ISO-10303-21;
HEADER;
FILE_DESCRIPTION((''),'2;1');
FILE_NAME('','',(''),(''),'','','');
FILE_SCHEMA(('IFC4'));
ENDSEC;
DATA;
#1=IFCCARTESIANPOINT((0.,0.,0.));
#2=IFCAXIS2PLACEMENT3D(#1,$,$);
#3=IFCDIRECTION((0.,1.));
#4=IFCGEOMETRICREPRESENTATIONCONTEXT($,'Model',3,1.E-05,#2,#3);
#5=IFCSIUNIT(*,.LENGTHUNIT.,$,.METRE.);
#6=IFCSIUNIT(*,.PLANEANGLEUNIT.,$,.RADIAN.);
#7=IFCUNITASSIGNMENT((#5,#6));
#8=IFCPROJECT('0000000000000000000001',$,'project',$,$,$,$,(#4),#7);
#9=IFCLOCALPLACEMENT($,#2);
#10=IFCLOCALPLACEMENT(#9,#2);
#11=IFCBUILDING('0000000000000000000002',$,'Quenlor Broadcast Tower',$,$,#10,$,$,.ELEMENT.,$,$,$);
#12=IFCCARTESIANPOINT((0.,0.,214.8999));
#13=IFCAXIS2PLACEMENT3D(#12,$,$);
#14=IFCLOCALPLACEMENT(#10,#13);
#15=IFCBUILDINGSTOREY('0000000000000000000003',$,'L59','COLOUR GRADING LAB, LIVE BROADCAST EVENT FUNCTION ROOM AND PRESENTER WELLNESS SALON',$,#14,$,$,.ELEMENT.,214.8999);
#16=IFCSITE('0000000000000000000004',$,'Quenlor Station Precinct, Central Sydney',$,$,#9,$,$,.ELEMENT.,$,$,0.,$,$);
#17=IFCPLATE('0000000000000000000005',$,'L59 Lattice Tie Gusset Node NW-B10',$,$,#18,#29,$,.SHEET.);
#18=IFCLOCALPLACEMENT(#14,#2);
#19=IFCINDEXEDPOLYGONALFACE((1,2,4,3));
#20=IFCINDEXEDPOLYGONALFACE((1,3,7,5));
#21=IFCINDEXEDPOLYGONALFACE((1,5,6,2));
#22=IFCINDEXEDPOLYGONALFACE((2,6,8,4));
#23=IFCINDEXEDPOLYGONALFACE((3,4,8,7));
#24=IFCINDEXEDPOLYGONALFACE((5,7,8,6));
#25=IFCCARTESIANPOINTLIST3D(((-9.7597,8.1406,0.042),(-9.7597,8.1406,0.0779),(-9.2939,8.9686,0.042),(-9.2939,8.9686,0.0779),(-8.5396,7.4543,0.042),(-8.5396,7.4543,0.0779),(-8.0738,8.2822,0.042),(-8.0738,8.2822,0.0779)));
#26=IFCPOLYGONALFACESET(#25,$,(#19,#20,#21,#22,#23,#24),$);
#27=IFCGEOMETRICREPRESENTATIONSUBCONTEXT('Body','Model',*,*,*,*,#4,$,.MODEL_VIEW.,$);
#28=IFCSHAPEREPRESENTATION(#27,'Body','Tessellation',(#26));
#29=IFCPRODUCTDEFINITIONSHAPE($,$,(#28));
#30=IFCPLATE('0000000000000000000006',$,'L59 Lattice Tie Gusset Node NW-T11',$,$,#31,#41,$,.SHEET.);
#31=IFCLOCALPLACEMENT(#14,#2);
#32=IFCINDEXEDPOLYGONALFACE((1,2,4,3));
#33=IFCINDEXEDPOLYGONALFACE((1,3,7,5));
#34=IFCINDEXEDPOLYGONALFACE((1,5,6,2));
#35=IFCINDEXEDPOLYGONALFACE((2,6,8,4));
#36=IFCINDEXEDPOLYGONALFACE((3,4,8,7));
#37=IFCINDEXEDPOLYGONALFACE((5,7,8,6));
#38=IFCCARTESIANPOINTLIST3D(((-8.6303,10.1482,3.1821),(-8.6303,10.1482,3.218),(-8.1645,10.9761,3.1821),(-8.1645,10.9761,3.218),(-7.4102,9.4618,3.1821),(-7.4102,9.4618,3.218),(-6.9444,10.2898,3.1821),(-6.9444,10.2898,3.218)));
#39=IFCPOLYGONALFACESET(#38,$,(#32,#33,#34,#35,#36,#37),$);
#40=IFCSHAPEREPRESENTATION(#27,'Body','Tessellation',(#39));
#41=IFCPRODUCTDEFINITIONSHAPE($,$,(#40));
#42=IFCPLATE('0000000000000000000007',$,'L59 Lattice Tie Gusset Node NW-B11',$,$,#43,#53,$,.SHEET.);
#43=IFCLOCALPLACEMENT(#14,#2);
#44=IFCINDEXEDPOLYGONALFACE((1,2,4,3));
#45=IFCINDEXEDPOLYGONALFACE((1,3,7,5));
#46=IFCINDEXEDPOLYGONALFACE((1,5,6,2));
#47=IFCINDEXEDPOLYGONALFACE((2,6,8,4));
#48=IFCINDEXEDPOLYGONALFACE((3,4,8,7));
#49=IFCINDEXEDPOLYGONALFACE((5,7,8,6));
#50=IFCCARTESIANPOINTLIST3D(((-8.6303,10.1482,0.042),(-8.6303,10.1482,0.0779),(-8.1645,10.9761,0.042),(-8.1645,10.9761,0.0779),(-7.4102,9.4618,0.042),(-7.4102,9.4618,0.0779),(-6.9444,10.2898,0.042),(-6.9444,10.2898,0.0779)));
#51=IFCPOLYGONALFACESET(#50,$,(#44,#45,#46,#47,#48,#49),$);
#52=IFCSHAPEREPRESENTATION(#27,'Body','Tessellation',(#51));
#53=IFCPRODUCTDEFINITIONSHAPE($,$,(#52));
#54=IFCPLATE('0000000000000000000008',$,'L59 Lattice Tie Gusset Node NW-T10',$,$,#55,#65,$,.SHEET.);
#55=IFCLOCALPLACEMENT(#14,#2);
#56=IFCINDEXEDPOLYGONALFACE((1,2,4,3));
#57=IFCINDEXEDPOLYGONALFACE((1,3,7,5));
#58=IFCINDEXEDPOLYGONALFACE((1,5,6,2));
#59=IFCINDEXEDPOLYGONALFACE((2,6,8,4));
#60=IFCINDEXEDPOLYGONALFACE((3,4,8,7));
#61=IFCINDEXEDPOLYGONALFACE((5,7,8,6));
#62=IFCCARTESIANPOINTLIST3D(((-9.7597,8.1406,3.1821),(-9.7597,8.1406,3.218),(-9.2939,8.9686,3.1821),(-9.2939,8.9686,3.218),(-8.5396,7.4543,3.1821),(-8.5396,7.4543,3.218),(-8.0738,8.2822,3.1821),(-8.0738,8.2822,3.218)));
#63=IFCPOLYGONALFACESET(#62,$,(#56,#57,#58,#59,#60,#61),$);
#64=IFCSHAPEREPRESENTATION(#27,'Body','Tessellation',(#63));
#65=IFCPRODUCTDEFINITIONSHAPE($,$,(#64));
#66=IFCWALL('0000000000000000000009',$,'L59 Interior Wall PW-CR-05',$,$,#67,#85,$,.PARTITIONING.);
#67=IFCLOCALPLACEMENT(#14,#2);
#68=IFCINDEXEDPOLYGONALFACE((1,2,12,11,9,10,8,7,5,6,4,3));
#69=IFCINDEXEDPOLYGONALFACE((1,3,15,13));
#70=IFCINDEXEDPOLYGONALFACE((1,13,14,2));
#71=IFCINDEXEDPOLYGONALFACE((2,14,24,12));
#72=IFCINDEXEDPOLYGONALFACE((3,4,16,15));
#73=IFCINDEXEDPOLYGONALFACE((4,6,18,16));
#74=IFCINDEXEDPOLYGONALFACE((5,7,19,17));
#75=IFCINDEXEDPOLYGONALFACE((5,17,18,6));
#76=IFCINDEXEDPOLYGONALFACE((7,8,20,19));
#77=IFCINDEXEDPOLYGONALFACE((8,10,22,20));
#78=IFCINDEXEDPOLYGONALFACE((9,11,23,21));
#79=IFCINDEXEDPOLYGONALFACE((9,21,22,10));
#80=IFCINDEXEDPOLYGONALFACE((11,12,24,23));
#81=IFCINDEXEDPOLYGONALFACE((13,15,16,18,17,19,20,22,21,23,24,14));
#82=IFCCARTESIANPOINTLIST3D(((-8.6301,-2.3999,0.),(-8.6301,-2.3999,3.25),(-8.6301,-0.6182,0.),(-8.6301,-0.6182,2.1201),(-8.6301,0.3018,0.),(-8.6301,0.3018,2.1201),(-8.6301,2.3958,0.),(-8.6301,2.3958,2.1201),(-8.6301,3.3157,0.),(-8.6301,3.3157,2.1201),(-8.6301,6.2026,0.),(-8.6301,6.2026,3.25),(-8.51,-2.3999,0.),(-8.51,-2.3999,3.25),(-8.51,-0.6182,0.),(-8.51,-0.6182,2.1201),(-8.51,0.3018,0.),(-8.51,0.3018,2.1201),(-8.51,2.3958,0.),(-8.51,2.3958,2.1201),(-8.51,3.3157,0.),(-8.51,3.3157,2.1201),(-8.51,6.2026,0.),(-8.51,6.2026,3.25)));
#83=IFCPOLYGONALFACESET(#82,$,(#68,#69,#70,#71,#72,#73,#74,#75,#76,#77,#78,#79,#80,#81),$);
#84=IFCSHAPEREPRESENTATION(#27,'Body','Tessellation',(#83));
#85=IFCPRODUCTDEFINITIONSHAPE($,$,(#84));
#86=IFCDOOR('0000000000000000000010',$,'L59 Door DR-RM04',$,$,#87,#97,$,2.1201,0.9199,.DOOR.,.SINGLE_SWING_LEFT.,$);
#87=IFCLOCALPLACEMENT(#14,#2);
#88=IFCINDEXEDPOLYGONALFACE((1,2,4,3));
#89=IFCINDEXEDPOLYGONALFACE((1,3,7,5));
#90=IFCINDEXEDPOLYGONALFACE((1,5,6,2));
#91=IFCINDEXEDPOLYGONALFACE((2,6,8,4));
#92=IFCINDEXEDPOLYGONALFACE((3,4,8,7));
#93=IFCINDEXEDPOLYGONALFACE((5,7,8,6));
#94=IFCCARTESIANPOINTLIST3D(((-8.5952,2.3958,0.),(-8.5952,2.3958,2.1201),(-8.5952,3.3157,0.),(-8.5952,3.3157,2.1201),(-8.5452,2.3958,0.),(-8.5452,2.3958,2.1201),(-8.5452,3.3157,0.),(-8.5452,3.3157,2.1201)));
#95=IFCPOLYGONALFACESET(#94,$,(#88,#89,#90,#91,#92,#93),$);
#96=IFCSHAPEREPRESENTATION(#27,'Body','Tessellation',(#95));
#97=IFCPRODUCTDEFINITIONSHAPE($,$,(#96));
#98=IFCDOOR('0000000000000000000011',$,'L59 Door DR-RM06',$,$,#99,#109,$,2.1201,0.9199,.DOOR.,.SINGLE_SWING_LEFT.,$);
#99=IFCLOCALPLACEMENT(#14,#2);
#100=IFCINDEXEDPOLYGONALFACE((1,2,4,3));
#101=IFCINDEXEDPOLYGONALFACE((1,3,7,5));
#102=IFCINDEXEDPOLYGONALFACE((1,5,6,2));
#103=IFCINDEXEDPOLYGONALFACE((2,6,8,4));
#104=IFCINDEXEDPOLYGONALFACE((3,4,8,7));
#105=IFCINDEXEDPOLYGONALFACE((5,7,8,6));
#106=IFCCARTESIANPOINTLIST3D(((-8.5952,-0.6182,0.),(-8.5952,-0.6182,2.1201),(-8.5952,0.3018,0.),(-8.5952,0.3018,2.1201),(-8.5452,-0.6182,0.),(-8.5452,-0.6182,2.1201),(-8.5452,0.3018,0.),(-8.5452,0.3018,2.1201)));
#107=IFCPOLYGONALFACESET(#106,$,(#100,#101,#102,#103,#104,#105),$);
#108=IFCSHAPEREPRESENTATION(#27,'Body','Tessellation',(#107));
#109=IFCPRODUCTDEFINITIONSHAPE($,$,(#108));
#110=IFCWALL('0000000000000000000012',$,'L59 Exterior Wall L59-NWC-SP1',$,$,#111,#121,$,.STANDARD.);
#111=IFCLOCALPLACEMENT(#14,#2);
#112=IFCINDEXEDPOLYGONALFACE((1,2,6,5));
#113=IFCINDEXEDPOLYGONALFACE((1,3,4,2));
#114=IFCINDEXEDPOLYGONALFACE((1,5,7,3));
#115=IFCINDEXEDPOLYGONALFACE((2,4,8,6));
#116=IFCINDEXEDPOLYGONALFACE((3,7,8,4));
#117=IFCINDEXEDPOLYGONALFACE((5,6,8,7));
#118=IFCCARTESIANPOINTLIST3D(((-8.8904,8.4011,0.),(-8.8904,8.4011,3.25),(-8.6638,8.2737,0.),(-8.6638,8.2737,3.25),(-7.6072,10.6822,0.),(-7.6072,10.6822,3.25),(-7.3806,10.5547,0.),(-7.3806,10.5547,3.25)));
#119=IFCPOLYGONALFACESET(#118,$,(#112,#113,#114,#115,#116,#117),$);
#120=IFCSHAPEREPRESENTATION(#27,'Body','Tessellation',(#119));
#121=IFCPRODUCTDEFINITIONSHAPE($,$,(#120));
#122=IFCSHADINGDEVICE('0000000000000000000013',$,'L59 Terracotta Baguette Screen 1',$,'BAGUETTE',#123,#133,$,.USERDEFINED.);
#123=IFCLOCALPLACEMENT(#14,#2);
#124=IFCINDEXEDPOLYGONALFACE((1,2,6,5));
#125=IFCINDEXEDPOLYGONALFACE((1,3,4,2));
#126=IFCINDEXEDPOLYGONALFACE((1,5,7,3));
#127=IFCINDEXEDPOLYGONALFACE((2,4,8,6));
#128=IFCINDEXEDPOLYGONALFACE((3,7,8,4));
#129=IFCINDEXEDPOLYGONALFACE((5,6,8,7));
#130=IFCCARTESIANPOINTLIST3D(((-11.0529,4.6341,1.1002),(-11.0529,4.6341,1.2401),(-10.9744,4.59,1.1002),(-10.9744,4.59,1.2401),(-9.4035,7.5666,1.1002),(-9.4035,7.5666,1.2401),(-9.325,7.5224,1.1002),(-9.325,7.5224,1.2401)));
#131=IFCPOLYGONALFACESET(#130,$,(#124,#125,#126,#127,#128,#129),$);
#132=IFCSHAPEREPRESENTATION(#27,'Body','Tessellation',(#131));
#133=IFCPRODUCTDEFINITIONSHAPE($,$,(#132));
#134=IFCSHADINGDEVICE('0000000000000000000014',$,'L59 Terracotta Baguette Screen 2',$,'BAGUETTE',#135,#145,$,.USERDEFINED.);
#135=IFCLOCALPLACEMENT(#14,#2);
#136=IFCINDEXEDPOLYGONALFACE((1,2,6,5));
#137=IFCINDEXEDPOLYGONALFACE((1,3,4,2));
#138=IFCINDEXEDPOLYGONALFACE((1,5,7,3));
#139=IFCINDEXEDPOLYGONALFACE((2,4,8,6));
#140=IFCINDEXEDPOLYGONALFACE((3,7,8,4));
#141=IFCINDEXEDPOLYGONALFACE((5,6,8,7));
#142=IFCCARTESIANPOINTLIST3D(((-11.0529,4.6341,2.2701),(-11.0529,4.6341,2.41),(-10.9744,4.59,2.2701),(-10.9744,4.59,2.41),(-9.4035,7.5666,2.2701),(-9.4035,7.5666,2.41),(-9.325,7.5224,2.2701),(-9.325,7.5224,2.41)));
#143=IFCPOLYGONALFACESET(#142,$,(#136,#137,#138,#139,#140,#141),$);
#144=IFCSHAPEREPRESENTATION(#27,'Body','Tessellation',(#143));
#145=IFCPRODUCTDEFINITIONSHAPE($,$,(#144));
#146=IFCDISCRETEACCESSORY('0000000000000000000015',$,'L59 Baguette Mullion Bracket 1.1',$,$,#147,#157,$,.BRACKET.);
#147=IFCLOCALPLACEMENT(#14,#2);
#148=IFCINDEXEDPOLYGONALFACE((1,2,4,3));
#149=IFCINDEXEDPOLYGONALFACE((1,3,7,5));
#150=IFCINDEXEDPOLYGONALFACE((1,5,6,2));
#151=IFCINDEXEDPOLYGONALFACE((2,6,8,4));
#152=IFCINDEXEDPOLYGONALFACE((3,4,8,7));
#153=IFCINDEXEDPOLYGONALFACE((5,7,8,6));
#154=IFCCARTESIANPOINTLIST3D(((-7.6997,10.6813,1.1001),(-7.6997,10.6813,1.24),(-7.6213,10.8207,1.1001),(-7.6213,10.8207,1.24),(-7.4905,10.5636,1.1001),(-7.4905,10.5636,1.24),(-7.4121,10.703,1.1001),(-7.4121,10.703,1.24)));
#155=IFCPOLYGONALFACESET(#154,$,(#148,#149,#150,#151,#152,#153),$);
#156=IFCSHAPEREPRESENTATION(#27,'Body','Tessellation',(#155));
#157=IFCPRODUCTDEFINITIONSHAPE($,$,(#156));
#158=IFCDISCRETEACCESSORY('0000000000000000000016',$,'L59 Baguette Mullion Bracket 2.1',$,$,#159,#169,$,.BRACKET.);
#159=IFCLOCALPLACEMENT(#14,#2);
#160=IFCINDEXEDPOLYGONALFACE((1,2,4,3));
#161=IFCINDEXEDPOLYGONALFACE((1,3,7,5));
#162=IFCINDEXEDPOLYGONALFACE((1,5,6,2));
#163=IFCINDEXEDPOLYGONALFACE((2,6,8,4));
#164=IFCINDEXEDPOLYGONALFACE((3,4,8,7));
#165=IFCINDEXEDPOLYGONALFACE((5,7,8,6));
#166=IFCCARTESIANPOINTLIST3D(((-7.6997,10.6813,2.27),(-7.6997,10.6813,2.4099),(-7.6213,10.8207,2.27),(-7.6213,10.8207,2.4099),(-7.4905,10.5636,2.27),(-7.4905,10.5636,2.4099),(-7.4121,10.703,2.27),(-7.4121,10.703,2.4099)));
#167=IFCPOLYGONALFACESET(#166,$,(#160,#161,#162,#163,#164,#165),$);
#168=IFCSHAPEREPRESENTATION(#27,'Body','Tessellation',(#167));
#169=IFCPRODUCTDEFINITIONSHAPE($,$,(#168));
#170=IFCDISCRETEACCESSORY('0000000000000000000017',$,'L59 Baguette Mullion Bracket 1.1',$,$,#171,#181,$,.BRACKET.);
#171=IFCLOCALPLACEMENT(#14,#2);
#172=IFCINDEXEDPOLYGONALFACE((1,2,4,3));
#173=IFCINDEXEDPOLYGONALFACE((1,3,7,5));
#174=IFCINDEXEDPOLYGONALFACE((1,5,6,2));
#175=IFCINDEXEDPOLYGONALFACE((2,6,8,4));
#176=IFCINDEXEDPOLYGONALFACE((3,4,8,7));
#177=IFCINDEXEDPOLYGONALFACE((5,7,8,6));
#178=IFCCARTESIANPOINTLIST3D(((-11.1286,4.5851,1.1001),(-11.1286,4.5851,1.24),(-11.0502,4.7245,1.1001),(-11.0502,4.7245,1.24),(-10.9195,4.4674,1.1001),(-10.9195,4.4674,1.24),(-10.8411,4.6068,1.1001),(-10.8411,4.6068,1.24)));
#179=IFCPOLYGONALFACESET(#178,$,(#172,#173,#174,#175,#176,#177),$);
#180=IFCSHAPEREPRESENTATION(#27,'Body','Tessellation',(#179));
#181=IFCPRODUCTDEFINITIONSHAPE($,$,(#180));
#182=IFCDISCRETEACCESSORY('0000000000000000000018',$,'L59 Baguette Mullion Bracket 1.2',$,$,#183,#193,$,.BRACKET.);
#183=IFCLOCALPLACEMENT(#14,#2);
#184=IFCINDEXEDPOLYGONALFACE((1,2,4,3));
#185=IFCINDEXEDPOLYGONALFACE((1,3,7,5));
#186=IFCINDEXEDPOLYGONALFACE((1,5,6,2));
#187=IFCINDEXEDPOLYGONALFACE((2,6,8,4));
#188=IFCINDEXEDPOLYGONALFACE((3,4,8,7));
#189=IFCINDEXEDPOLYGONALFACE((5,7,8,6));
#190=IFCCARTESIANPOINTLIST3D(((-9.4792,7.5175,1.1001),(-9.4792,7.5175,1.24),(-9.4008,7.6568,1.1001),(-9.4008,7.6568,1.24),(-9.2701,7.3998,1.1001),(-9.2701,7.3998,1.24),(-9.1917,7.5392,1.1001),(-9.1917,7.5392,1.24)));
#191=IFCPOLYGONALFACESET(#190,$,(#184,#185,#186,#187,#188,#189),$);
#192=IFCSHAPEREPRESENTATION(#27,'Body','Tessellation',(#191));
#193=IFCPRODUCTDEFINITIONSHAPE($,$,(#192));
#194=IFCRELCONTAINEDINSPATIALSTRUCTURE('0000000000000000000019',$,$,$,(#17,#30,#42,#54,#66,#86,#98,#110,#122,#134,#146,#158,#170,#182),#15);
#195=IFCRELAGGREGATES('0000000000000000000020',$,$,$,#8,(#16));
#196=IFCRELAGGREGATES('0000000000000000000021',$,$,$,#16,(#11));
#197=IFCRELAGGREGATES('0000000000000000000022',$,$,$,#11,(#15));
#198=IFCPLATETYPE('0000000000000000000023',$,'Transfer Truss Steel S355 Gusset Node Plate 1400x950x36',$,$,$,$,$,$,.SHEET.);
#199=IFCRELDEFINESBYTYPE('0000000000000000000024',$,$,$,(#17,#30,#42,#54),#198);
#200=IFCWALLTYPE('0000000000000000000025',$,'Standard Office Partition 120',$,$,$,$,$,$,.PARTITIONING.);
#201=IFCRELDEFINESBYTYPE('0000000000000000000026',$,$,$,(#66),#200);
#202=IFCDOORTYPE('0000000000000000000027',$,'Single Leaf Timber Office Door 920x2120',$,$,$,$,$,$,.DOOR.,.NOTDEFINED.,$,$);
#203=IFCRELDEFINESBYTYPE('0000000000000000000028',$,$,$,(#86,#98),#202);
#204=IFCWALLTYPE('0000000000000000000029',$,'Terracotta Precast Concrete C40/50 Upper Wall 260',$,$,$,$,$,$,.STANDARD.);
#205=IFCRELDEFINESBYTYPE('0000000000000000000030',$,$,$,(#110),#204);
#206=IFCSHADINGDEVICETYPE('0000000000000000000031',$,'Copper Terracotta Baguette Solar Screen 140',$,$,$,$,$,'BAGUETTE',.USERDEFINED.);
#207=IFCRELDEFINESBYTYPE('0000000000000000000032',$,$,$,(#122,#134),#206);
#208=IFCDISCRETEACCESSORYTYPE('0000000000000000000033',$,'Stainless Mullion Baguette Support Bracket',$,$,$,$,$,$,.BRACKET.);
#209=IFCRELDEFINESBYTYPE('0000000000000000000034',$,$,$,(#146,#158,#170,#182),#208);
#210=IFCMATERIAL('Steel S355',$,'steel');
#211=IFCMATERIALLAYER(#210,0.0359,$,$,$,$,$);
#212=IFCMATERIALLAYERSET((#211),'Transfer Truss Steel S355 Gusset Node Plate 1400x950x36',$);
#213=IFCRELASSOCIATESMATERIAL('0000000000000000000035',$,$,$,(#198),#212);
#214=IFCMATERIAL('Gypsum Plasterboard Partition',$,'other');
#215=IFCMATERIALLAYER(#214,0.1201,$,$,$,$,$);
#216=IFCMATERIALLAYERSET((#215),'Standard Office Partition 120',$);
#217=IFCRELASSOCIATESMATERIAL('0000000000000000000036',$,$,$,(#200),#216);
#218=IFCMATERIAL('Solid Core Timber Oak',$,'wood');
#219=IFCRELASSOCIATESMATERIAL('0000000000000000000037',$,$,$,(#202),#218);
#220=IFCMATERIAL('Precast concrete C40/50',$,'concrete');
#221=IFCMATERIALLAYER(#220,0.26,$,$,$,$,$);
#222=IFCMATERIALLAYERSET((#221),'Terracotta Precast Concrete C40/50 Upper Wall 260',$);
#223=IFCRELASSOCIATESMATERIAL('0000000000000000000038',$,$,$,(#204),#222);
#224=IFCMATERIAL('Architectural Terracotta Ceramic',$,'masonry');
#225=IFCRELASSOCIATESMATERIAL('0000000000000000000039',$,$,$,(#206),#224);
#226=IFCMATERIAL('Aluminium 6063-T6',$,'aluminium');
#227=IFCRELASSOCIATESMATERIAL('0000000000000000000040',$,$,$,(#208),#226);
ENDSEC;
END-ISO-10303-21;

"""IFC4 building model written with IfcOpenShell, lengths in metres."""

from ifc_helpers import new_model, si_unit, direction, frame, frame_2d, origin, origin_2d, place, context, subcontext, project, spatial, rectangle, extrude, material, layer, layer_set, material_profile, profile_set, type_object, element, fill, save


model = new_model("IFC4")

# Units and contexts
model_context = context("Model", 3, precision=1e-05, world=origin(), true_north=direction((0.0, 1.0)))
body_context = subcontext(model_context, "Body", "Model", "MODEL_VIEW")
ifc_project = project(units=[si_unit("LENGTHUNIT", "METRE"), si_unit("PLANEANGLEUNIT", "RADIAN")], contexts=[model_context])

# Site, building, storey
site_placement = place(None, origin())
site = spatial("IfcSite", under=ifc_project, at=site_placement, Name="Quenlor Station Precinct, Central Sydney", CompositionType="ELEMENT", RefElevation=0.0)
building_placement = place(site_placement, origin())
building = spatial("IfcBuilding", under=site, at=building_placement, Name="Quenlor Broadcast Tower", CompositionType="ELEMENT")
storey_placement = place(building_placement, frame((0.0, 0.0, 214.8999)))
storey = spatial("IfcBuildingStorey", under=building, at=storey_placement, Name="L59", Description="COLOUR GRADING LAB, LIVE BROADCAST EVENT FUNCTION ROOM AND PRESENTER WELLNESS SALON", CompositionType="ELEMENT", Elevation=214.8999)

# Plates
ifc_material_1 = material(Name="Steel S355", Category="steel")
ifc_layer_1 = layer(ifc_material_1, 0.0359)
ifc_layer_set_1 = layer_set([ifc_layer_1], Name="Transfer Truss Steel S355 Gusset Node Plate 1400x950x36")
plate_type_1 = type_object("IfcPlateType", Name="Transfer Truss Steel S355 Gusset Node Plate 1400x950x36", PredefinedType="SHEET", material=ifc_layer_set_1)
for number, where, z_axis, x_axis, name in (
    (1, (-8.9167, 8.2114, 0.042), (0.0, 0.0, 1.0), (-0.871556, 0.490295, 0.0), "L59 Lattice Tie Gusset Node NW-B10"),
    (2, (-7.7874, 10.219, 3.1821), (0.0, 0.0, 1.0), (-0.871556, 0.490295, 0.0), "L59 Lattice Tie Gusset Node NW-T11"),
    (3, (-7.7874, 10.219, 0.042), (0.0, 0.0, 1.0), (-0.871556, 0.490295, 0.0), "L59 Lattice Tie Gusset Node NW-B11"),
    (4, (-8.9167, 8.2114, 3.1821), (0.0, 0.0, 1.0), (-0.871556, 0.490295, 0.0), "L59 Lattice Tie Gusset Node NW-T10"),
):
    element("IfcPlate", number, at=place(storey_placement, frame(where, z_axis=z_axis, x_axis=x_axis)), inside=storey, type_object=plate_type_1, Name=name, PredefinedType="SHEET", context=body_context, shape_type="SweptSolid", body=[
        extrude(rectangle(XDim=1.3999, YDim=0.95, at=origin_2d()), origin(), (0.0, 0.0, 1.0), 0.0359),
    ])

# Wall, openings, doors
ifc_material_2 = material(Name="Gypsum Plasterboard Partition", Category="other")
ifc_layer_2 = layer(ifc_material_2, 0.1201)
ifc_layer_set_2 = layer_set([ifc_layer_2], Name="Standard Office Partition 120")
wall_type_1 = type_object("IfcWallType", Name="Standard Office Partition 120", PredefinedType="PARTITIONING", material=ifc_layer_set_2)
wall_1_placement = place(storey_placement, frame((-8.5701, 6.2026, 0.0), z_axis=(0.0, 0.0, 1.0), x_axis=(0.0, -1.0, 0.0)))
wall_1 = element("IfcWall", 5, at=wall_1_placement, inside=storey, type_object=wall_type_1, Name="L59 Interior Wall PW-CR-05", PredefinedType="PARTITIONING", context=body_context, shape_type="SweptSolid", body=[
    extrude(rectangle(XDim=8.6025, YDim=0.1201, at=frame_2d((4.3013, 0.0))), origin(), (0.0, 0.0, 1.0), 3.25),
])
opening_1_placement = place(wall_1_placement, frame((2.887, 0.0, 0.0)))
opening_1 = element("IfcOpeningElement", 6, at=opening_1_placement, cuts=wall_1, PredefinedType="OPENING", context=body_context, shape_type="SweptSolid", body=[
    extrude(rectangle(XDim=0.9199, YDim=2.1201, at=frame_2d((0.46, 1.0601))), frame((0.0, 0.0701, 0.0), z_axis=(0.0, -1.0, 0.0), x_axis=(1.0, 0.0, 0.0)), (0.0, 0.0, 1.0), 0.1401),
])
opening_2_placement = place(wall_1_placement, frame((5.9009, 0.0, 0.0)))
opening_2 = element("IfcOpeningElement", 7, at=opening_2_placement, cuts=wall_1, PredefinedType="OPENING", context=body_context, shape_type="SweptSolid", body=[
    extrude(rectangle(XDim=0.9199, YDim=2.1201, at=frame_2d((0.46, 1.0601))), frame((0.0, 0.0701, 0.0), z_axis=(0.0, -1.0, 0.0), x_axis=(1.0, 0.0, 0.0)), (0.0, 0.0, 1.0), 0.1401),
])
ifc_material_3 = material(Name="Solid Core Timber Oak", Category="wood")
door_type = type_object("IfcDoorType", Name="Single Leaf Timber Office Door 920x2120", OperationType="NOTDEFINED", PredefinedType="DOOR", material=ifc_material_3)
door_1_placement = place(opening_1_placement, origin())
door_1 = element("IfcDoor", 8, at=door_1_placement, inside=storey, type_object=door_type, Name="L59 Door DR-RM04", OperationType="SINGLE_SWING_LEFT", OverallHeight=2.1201, OverallWidth=0.9199, PredefinedType="DOOR", context=body_context, shape_type="SweptSolid", body=[
    extrude(rectangle(XDim=0.9199, YDim=2.1201, at=frame_2d((0.46, 1.0601))), frame((0.0, 0.0249, 0.0), z_axis=(0.0, -1.0, 0.0), x_axis=(1.0, 0.0, 0.0)), (0.0, 0.0, 1.0), 0.05),
])
fill(opening_1, door_1)
door_2_placement = place(opening_2_placement, origin())
door_2 = element("IfcDoor", 9, at=door_2_placement, inside=storey, type_object=door_type, Name="L59 Door DR-RM06", OperationType="SINGLE_SWING_LEFT", OverallHeight=2.1201, OverallWidth=0.9199, PredefinedType="DOOR", context=body_context, shape_type="SweptSolid", body=[
    extrude(rectangle(XDim=0.9199, YDim=2.1201, at=frame_2d((0.46, 1.0601))), frame((0.0, 0.0249, 0.0), z_axis=(0.0, -1.0, 0.0), x_axis=(1.0, 0.0, 0.0)), (0.0, 0.0, 1.0), 0.05),
])
fill(opening_2, door_2)

# Wall
ifc_material_4 = material(Name="Precast concrete C40/50", Category="concrete")
ifc_layer_3 = layer(ifc_material_4, 0.26)
ifc_layer_set_3 = layer_set([ifc_layer_3], Name="Terracotta Precast Concrete C40/50 Upper Wall 260")
wall_type_2 = type_object("IfcWallType", Name="Terracotta Precast Concrete C40/50 Upper Wall 260", PredefinedType="STANDARD", material=ifc_layer_set_3)
wall_2_placement = place(storey_placement, frame((-8.7771, 8.3374, 0.0), z_axis=(0.0, 0.0, 1.0), x_axis=(0.490301, 0.871553, 0.0)))
element("IfcWall", 10, at=wall_2_placement, inside=storey, type_object=wall_type_2, Name="L59 Exterior Wall L59-NWC-SP1", PredefinedType="STANDARD", context=body_context, shape_type="SweptSolid", body=[
    extrude(rectangle(XDim=2.6172, YDim=0.26, at=frame_2d((1.3086, 0.0))), origin(), (0.0, 0.0, 1.0), 3.25),
])

# Shading devices
ifc_material_5 = material(Name="Architectural Terracotta Ceramic", Category="masonry")
ifc_material_profile_1 = material_profile(ifc_material_5, rectangle(XDim=0.0901, YDim=0.1399, at=origin_2d()))
ifc_profile_set_1 = profile_set([ifc_material_profile_1], Name="Architectural Terracotta Ceramic BAG90x140")
shading_device_type = type_object("IfcShadingDeviceType", Name="Copper Terracotta Baguette Solar Screen 140", ElementType="BAGUETTE", PredefinedType="USERDEFINED", material=ifc_profile_set_1)
for number, where, z_axis, x_axis, name in (
    (11, (-11.0137, 4.6121, 1.1702), (0.490251, 0.871581, 0.0), (-0.871581, 0.490251, 0.0), "L59 Terracotta Baguette Screen 1"),
    (12, (-11.0137, 4.6121, 2.3401), (0.490251, 0.871581, 0.0), (-0.871581, 0.490251, 0.0), "L59 Terracotta Baguette Screen 2"),
):
    element("IfcShadingDevice", number, at=place(storey_placement, frame(where, z_axis=z_axis, x_axis=x_axis)), inside=storey, type_object=shading_device_type, Name=name, ObjectType="BAGUETTE", PredefinedType="USERDEFINED", context=body_context, shape_type="SweptSolid", body=[
        extrude(rectangle(XDim=0.0901, YDim=0.1399, at=origin_2d()), origin(), (0.0, 0.0, 1.0), 3.3645),
    ])

# Discrete accessories
ifc_material_6 = material(Name="Aluminium 6063-T6", Category="aluminium")
discrete_accessory_type = type_object("IfcDiscreteAccessoryType", Name="Stainless Mullion Baguette Support Bracket", PredefinedType="BRACKET", material=ifc_material_6)
for number, where, z_axis, x_axis, name in (
    (13, (-7.5559, 10.6921, 1.1001), (0.0, 0.0, 1.0), (0.49026, 0.871576, 0.0), "L59 Baguette Mullion Bracket 1.1"),
    (14, (-7.5559, 10.6921, 2.27), (0.0, 0.0, 1.0), (0.49026, 0.871576, 0.0), "L59 Baguette Mullion Bracket 2.1"),
    (15, (-10.9849, 4.5959, 1.1001), (0.0, 0.0, 1.0), (0.490257, 0.871578, 0.0), "L59 Baguette Mullion Bracket 1.1"),
    (16, (-9.3354, 7.5283, 1.1001), (0.0, 0.0, 1.0), (0.490257, 0.871578, 0.0), "L59 Baguette Mullion Bracket 1.2"),
):
    element("IfcDiscreteAccessory", number, at=place(storey_placement, frame(where, z_axis=z_axis, x_axis=x_axis)), inside=storey, type_object=discrete_accessory_type, Name=name, PredefinedType="BRACKET", context=body_context, shape_type="SweptSolid", body=[
        extrude(rectangle(XDim=0.1599, YDim=0.24, at=origin_2d()), origin(), (0.0, 0.0, 1.0), 0.1399),
    ])

save(model, "model.ifc")
